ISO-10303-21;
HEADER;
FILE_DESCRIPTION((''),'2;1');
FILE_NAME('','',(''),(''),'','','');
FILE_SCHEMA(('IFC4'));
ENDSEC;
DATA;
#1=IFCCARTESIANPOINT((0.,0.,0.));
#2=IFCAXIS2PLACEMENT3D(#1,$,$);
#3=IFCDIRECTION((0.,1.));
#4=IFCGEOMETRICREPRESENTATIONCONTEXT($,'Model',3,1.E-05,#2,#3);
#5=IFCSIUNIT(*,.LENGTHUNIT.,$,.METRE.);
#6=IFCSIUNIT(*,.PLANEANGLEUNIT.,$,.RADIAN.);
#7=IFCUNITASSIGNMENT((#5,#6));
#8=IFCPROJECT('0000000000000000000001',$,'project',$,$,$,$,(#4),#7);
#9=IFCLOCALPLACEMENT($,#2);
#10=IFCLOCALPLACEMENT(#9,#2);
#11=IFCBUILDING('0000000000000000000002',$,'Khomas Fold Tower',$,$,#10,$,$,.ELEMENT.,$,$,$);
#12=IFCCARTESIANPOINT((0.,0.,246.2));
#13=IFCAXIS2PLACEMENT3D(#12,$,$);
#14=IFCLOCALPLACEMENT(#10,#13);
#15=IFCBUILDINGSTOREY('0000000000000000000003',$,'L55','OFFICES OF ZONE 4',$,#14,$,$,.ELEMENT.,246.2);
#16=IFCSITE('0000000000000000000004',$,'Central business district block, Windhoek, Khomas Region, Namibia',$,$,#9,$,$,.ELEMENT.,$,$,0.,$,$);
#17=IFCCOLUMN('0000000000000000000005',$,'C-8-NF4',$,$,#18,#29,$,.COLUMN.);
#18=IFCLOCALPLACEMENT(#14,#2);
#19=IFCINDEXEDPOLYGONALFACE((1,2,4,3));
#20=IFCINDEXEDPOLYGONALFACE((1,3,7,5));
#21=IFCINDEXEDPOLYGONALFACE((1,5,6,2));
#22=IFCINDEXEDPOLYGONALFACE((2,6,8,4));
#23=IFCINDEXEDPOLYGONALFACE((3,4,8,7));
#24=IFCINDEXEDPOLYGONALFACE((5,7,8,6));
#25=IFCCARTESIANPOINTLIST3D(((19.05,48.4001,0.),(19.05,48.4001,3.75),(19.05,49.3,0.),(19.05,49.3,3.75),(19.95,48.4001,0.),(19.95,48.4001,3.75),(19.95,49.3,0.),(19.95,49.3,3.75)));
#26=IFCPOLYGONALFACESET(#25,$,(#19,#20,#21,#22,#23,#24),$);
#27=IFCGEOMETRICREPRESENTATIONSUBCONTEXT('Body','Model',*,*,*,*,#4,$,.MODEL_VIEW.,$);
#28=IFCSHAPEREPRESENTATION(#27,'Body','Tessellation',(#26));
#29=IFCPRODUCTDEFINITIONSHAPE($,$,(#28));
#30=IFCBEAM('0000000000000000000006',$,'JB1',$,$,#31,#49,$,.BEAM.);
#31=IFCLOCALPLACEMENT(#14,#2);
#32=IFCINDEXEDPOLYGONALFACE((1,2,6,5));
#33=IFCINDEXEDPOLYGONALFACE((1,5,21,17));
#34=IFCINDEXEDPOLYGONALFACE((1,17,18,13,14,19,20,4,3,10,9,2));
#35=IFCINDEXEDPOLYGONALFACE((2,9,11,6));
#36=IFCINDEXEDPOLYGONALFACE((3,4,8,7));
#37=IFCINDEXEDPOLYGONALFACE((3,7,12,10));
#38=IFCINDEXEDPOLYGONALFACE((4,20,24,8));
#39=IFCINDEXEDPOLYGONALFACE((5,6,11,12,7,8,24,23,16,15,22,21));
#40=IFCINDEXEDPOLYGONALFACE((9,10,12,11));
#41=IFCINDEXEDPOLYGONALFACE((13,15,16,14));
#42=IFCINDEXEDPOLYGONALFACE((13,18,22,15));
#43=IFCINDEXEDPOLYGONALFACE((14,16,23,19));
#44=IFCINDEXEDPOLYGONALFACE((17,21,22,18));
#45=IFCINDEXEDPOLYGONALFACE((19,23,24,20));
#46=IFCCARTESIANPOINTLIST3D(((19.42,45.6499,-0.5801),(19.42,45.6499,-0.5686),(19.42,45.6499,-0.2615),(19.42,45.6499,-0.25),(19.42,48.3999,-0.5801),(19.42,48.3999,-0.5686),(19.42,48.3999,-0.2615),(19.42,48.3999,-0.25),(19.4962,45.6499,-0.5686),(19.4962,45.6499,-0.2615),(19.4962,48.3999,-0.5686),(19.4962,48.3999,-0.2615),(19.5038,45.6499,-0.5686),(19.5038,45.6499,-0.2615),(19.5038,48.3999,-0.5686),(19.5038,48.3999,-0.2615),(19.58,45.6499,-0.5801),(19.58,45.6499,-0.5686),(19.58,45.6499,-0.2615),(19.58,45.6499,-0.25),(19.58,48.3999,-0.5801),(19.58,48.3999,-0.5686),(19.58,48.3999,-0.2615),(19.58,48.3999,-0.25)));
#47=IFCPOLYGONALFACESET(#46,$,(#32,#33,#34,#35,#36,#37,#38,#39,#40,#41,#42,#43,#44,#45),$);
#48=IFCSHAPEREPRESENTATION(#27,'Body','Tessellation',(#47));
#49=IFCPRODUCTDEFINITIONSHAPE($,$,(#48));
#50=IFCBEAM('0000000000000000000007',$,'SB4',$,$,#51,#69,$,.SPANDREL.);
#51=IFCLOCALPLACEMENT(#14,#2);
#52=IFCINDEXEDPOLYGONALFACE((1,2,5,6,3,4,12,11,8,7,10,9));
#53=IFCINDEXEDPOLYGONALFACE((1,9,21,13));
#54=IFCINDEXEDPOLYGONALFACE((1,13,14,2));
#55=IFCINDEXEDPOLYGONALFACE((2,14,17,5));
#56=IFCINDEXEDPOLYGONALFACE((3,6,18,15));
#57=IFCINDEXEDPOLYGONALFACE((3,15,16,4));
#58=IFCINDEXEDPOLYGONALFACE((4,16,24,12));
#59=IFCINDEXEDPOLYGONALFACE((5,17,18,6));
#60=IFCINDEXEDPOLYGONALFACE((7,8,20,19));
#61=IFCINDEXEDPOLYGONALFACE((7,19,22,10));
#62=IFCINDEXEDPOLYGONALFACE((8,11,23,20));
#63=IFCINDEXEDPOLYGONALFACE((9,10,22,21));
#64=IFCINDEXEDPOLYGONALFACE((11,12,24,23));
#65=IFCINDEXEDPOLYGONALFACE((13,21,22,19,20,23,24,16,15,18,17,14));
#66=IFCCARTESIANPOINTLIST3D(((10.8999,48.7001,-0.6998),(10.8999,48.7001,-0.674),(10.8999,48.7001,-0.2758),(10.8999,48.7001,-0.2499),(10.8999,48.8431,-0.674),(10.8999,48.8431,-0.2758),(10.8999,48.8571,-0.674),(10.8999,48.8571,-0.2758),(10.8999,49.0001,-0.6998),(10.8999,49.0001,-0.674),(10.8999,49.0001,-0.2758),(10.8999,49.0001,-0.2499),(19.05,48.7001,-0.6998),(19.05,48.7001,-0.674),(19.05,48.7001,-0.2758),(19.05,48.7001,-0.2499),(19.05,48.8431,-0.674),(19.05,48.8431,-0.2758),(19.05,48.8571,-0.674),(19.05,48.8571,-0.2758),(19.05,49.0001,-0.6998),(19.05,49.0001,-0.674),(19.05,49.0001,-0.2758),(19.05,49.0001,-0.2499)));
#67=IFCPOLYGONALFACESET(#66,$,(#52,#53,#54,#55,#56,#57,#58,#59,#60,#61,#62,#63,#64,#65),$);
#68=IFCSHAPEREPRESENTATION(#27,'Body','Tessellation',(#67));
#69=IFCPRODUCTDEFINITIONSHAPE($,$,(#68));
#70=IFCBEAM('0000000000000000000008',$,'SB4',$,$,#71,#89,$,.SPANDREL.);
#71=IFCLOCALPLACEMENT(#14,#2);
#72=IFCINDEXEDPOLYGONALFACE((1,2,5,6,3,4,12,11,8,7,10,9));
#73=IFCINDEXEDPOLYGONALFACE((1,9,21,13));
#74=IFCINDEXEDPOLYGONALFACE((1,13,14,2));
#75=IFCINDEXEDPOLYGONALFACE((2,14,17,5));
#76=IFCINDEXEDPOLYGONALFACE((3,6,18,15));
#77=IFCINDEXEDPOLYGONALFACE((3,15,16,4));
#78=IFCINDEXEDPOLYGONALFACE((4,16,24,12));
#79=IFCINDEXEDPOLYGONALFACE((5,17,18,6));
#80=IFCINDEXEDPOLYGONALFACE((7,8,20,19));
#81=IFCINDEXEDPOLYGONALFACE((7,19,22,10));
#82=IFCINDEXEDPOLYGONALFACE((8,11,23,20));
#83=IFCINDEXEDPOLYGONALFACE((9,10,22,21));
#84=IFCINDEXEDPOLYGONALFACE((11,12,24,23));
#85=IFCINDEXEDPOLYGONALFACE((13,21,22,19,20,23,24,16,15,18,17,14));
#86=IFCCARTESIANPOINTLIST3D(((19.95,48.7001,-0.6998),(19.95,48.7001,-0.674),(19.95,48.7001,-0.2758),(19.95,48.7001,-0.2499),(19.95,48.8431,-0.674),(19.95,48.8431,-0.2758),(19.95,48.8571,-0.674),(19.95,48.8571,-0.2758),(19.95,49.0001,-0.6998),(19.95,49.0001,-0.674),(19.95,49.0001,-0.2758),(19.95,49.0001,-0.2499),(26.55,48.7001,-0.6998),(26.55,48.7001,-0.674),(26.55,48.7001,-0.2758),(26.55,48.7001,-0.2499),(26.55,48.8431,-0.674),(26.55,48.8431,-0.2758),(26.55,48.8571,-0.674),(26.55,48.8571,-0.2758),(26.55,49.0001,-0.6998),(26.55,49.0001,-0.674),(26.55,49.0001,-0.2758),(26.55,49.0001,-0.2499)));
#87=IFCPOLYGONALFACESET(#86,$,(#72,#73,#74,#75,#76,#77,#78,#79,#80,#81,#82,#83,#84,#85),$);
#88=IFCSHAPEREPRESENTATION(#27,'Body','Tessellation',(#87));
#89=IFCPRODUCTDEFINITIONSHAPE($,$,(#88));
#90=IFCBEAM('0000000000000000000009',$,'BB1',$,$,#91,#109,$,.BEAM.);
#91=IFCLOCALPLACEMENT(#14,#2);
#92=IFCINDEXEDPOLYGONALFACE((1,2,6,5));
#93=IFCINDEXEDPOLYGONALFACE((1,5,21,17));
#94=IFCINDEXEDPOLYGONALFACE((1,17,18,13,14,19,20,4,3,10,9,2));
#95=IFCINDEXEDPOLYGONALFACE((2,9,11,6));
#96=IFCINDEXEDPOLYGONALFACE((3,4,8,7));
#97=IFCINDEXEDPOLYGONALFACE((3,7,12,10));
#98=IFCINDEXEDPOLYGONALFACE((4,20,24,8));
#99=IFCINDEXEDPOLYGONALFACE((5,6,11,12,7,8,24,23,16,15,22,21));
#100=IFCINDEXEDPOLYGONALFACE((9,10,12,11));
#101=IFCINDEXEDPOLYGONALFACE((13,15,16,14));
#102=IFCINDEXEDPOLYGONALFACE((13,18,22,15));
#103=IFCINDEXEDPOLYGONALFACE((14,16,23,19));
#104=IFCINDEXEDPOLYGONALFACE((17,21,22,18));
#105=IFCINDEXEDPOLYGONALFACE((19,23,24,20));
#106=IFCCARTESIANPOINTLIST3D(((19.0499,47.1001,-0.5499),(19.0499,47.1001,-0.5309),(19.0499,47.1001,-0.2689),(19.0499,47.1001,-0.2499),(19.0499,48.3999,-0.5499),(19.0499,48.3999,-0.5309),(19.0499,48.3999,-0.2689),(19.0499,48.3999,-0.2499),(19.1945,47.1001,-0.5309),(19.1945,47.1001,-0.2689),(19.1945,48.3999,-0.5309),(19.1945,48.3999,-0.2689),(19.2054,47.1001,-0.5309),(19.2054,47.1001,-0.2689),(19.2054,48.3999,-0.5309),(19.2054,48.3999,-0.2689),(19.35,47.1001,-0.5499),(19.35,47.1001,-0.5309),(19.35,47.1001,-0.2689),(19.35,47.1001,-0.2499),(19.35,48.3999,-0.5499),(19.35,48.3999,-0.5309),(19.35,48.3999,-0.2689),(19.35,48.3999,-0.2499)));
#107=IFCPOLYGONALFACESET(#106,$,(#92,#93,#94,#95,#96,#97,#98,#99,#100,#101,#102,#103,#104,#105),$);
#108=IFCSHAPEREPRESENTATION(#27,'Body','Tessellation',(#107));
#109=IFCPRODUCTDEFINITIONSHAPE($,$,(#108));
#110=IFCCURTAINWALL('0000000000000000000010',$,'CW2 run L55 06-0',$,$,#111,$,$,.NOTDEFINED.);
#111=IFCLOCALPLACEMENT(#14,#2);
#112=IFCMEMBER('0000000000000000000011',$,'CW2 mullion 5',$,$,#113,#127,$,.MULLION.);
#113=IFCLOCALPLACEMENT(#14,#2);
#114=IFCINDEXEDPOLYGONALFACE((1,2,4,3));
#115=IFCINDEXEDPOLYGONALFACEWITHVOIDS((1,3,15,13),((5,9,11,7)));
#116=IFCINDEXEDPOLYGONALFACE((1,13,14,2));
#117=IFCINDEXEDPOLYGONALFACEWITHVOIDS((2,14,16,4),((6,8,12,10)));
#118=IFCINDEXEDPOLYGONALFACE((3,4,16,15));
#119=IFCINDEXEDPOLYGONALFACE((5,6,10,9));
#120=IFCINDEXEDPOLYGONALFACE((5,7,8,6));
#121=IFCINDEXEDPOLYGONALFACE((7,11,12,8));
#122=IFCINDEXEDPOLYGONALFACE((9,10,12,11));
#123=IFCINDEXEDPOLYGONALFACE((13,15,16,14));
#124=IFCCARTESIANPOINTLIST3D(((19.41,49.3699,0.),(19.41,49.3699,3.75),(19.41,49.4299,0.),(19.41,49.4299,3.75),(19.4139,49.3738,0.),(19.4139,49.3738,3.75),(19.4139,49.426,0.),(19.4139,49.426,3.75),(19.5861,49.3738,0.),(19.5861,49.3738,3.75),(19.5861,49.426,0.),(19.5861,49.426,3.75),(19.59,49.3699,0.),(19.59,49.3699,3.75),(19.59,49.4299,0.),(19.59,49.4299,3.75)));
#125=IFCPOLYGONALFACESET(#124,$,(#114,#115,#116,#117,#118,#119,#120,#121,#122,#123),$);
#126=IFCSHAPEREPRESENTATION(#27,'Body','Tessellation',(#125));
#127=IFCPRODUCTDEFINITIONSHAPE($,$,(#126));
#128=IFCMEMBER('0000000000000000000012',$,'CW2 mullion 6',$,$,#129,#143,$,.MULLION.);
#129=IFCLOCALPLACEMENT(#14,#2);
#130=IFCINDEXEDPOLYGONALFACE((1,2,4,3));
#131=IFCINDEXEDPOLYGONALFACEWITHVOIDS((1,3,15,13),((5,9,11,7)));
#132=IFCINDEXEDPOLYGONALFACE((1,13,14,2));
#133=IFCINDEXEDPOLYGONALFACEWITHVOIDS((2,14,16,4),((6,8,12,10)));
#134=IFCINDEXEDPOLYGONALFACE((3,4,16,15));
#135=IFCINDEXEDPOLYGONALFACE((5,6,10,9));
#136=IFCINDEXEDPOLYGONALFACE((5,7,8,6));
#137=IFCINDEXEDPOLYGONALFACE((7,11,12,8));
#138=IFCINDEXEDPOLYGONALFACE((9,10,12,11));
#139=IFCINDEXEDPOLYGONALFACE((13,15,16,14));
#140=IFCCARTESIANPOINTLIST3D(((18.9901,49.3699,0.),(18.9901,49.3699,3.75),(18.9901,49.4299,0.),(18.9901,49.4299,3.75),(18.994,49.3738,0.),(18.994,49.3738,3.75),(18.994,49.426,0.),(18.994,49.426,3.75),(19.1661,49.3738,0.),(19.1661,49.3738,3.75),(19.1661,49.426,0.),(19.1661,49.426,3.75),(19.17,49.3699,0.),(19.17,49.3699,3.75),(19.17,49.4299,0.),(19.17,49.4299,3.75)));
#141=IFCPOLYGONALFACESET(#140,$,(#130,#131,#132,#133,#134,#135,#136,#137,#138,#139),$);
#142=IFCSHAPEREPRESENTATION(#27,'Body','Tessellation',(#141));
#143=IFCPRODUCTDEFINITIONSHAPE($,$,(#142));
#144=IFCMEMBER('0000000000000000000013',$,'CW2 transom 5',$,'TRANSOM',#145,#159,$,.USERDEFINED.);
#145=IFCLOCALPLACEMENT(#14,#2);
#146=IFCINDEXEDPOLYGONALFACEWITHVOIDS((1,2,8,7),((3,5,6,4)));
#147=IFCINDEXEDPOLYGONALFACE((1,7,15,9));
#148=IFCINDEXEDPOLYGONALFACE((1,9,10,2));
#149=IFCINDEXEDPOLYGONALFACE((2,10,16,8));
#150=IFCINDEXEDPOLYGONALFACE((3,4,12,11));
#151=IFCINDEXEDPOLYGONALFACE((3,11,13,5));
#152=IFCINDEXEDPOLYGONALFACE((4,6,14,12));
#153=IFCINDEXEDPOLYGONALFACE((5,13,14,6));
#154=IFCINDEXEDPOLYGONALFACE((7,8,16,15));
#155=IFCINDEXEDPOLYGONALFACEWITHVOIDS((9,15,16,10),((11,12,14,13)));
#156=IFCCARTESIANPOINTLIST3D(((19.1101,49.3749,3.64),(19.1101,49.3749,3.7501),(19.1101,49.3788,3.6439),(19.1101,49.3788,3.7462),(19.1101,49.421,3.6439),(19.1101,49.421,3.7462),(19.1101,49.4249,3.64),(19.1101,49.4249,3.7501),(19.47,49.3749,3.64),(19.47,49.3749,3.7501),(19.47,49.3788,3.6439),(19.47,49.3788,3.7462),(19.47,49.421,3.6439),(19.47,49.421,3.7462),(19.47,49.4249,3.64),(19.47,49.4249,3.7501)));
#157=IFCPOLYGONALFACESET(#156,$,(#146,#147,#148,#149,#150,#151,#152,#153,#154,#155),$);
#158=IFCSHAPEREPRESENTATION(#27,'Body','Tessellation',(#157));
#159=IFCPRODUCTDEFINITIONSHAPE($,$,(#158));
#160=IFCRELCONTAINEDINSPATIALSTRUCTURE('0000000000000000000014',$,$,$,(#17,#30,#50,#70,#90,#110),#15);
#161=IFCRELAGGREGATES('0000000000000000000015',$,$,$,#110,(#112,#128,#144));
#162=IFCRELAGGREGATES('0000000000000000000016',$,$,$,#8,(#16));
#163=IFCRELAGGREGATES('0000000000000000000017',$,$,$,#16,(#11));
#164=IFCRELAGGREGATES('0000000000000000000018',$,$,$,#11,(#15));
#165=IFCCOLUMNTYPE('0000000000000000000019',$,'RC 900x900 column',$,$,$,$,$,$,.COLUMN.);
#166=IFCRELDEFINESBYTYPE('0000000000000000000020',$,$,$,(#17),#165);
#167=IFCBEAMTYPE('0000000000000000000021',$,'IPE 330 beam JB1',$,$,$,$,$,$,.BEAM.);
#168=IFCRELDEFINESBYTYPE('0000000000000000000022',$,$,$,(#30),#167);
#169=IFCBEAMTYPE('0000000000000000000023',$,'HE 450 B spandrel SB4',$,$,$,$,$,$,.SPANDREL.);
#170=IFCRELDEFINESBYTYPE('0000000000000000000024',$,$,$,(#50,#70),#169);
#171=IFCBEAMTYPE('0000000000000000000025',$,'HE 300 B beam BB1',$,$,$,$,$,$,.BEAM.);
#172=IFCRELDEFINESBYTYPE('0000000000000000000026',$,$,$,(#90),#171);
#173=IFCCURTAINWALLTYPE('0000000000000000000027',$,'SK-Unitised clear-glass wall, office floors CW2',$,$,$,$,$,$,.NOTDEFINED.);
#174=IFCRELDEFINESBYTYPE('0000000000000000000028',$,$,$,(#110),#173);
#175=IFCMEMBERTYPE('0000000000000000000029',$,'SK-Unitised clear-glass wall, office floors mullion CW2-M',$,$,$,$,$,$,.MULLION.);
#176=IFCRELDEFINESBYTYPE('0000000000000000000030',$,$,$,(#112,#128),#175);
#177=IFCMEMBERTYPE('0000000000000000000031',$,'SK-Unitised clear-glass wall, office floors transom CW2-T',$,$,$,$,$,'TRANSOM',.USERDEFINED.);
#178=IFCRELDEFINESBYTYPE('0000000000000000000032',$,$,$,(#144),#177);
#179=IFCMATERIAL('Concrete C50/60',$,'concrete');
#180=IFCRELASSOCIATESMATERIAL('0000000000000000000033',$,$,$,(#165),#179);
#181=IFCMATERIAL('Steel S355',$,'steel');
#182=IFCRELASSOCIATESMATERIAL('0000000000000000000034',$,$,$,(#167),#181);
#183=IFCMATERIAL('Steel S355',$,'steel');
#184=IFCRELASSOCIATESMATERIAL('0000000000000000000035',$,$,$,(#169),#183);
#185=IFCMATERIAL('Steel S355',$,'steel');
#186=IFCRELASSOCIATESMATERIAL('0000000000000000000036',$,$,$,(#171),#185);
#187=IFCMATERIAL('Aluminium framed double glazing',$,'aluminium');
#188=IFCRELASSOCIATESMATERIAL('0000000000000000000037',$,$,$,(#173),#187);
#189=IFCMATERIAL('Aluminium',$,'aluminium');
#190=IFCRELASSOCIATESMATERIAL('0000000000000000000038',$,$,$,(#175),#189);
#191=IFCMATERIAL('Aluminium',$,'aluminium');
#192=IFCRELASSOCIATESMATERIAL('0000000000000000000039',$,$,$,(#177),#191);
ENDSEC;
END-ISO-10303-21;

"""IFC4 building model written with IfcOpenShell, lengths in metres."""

from ifc_helpers import new_model, si_unit, direction, frame, origin, origin_2d, place, context, subcontext, project, spatial, rectangle, hollow_rectangle, i_section, extrude, source, transform, mapped, material, material_profile, profile_set, type_object, element, aggregate, save


model = new_model("IFC4")

# Units and contexts
model_context = context("Model", 3, precision=1e-05, world=origin(), true_north=direction((0.0, 1.0)))
body_context = subcontext(model_context, "Body", "Model", "MODEL_VIEW")
ifc_project = project(units=[si_unit("LENGTHUNIT", "METRE"), si_unit("PLANEANGLEUNIT", "RADIAN")], contexts=[model_context])

# Site, building, storey
site_placement = place(None, origin())
site = spatial("IfcSite", under=ifc_project, at=site_placement, Name="Central business district block, Windhoek, Khomas Region, Namibia", CompositionType="ELEMENT", RefElevation=0.0)
building_placement = place(site_placement, origin())
building = spatial("IfcBuilding", under=site, at=building_placement, Name="Khomas Fold Tower", CompositionType="ELEMENT")
storey_placement = place(building_placement, frame((0.0, 0.0, 246.2)))
storey = spatial("IfcBuildingStorey", under=building, at=storey_placement, Name="L55", Description="OFFICES OF ZONE 4", CompositionType="ELEMENT", Elevation=246.2)

# Column
ifc_material_1 = material(Name="Concrete C50/60", Category="concrete")
ifc_material_profile_1 = material_profile(ifc_material_1, rectangle(XDim=0.8999, YDim=0.8999, at=origin_2d()), Name="RC 900x900")
ifc_profile_set_1 = profile_set([ifc_material_profile_1], Name="Concrete C50/60")
column_type = type_object("IfcColumnType", Name="RC 900x900 column", PredefinedType="COLUMN", material=ifc_profile_set_1)
shared_shape_1 = source(origin(), body_context, "Body", "SweptSolid", [
    extrude(rectangle(XDim=0.8999, YDim=0.8999, at=origin_2d()), origin(), (0.0, 0.0, 1.0), 3.75),
])
column_placement = place(storey_placement, frame((19.5, 48.8501, 0.0), z_axis=(0.0, 0.0, 1.0), x_axis=(1.0, 0.0, 0.0)))
element("IfcColumn", 1, at=column_placement, inside=storey, type_object=column_type, Name="C-8-NF4", PredefinedType="COLUMN", context=body_context, shape_type="MappedRepresentation", body=[
    mapped(shared_shape_1, transform((0.0, 0.0, 0.0))),
])

# Beams
ifc_material_2 = material(Name="Steel S355", Category="steel")
ifc_material_profile_2 = material_profile(ifc_material_2, i_section(OverallWidth=0.1599, OverallDepth=0.3301, WebThickness=0.0076, FlangeThickness=0.0115, at=origin_2d()), Name="IPE 330")
ifc_profile_set_2 = profile_set([ifc_material_profile_2], Name="Steel S355")
beam_type_1 = type_object("IfcBeamType", Name="IPE 330 beam JB1", PredefinedType="BEAM", material=ifc_profile_set_2)
shared_shape_2 = source(origin(), body_context, "Body", "SweptSolid", [
    extrude(i_section(OverallWidth=0.1599, OverallDepth=0.3301, WebThickness=0.0076, FlangeThickness=0.0115, at=origin_2d()), origin(), (0.0, 0.0, 1.0), 2.75),
])
beam_1_placement = place(storey_placement, frame((19.5, 45.6499, -0.415), z_axis=(0.0, 1.0, 0.0), x_axis=(-1.0, 0.0, 0.0)))
element("IfcBeam", 2, at=beam_1_placement, inside=storey, type_object=beam_type_1, Name="JB1", PredefinedType="BEAM", context=body_context, shape_type="MappedRepresentation", body=[
    mapped(shared_shape_2, transform((0.0, 0.0, 0.0))),
])
ifc_material_3 = material(Name="Steel S355", Category="steel")
ifc_material_profile_3 = material_profile(ifc_material_3, i_section(OverallWidth=0.3, OverallDepth=0.45, WebThickness=0.0139, FlangeThickness=0.0259, at=origin_2d()), Name="HE 450 B")
ifc_profile_set_3 = profile_set([ifc_material_profile_3], Name="Steel S355")
beam_type_2 = type_object("IfcBeamType", Name="HE 450 B spandrel SB4", PredefinedType="SPANDREL", material=ifc_profile_set_3)
shared_shape_3 = source(origin(), body_context, "Body", "SweptSolid", [
    extrude(i_section(OverallWidth=0.3, OverallDepth=0.45, WebThickness=0.0139, FlangeThickness=0.0259, at=origin_2d()), origin(), (0.0, 0.0, 1.0), 8.1501),
])
beam_2_placement = place(storey_placement, frame((10.8999, 48.8501, -0.4749), z_axis=(1.0, 0.0, 0.0), x_axis=(0.0, 1.0, 0.0)))
element("IfcBeam", 3, at=beam_2_placement, inside=storey, type_object=beam_type_2, Name="SB4", PredefinedType="SPANDREL", context=body_context, shape_type="MappedRepresentation", body=[
    mapped(shared_shape_3, transform((0.0, 0.0, 0.0))),
])
shared_shape_4 = source(origin(), body_context, "Body", "SweptSolid", [
    extrude(i_section(OverallWidth=0.3, OverallDepth=0.45, WebThickness=0.0139, FlangeThickness=0.0259, at=origin_2d()), origin(), (0.0, 0.0, 1.0), 6.6001),
])
beam_3_placement = place(storey_placement, frame((19.95, 48.8501, -0.4749), z_axis=(1.0, 0.0, 0.0), x_axis=(0.0, 1.0, 0.0)))
element("IfcBeam", 4, at=beam_3_placement, inside=storey, type_object=beam_type_2, Name="SB4", PredefinedType="SPANDREL", context=body_context, shape_type="MappedRepresentation", body=[
    mapped(shared_shape_4, transform((0.0, 0.0, 0.0))),
])
ifc_material_4 = material(Name="Steel S355", Category="steel")
ifc_material_profile_4 = material_profile(ifc_material_4, i_section(OverallWidth=0.3, OverallDepth=0.3, WebThickness=0.011, FlangeThickness=0.019, at=origin_2d()), Name="HE 300 B")
ifc_profile_set_4 = profile_set([ifc_material_profile_4], Name="Steel S355")
beam_type_3 = type_object("IfcBeamType", Name="HE 300 B beam BB1", PredefinedType="BEAM", material=ifc_profile_set_4)
shared_shape_5 = source(origin(), body_context, "Body", "SweptSolid", [
    extrude(i_section(OverallWidth=0.3, OverallDepth=0.3, WebThickness=0.011, FlangeThickness=0.019, at=origin_2d()), origin(), (0.0, 0.0, 1.0), 1.2998),
])
beam_4_placement = place(storey_placement, frame((19.2, 47.1001, -0.3999), z_axis=(0.0, 1.0, 0.0), x_axis=(-1.0, 0.0, 0.0)))
element("IfcBeam", 5, at=beam_4_placement, inside=storey, type_object=beam_type_3, Name="BB1", PredefinedType="BEAM", context=body_context, shape_type="MappedRepresentation", body=[
    mapped(shared_shape_5, transform((0.0, 0.0, 0.0))),
])

# Curtain wall, members
ifc_material_5 = material(Name="Aluminium framed double glazing", Category="aluminium")
curtain_wall_type = type_object("IfcCurtainWallType", Name="SK-Unitised clear-glass wall, office floors CW2", PredefinedType="NOTDEFINED", material=ifc_material_5)
curtain_wall_placement = place(storey_placement, origin())
curtain_wall = element("IfcCurtainWall", 6, at=curtain_wall_placement, inside=storey, type_object=curtain_wall_type, Name="CW2 run L55 06-0", PredefinedType="NOTDEFINED")
ifc_material_6 = material(Name="Aluminium", Category="aluminium")
ifc_material_profile_5 = material_profile(ifc_material_6, hollow_rectangle(XDim=0.0601, YDim=0.1799, WallThickness=0.0039, at=origin_2d()), Name="SK-Unitised clear-glass wall, office floors mullion CW2-M")
ifc_profile_set_5 = profile_set([ifc_material_profile_5], Name="Aluminium")
member_type_1 = type_object("IfcMemberType", Name="SK-Unitised clear-glass wall, office floors mullion CW2-M", PredefinedType="MULLION", material=ifc_profile_set_5)
shared_shape_6 = source(origin(), body_context, "Body", "SweptSolid", [
    extrude(hollow_rectangle(XDim=0.0601, YDim=0.1799, WallThickness=0.0039, at=origin_2d()), origin(), (0.0, 0.0, 1.0), 3.75),
])
member_1_placement = place(storey_placement, frame((19.5, 49.3999, 0.0), z_axis=(0.0, 0.0, 1.0), x_axis=(0.0, -1.0, 0.0)))
member_1 = element("IfcMember", 7, at=member_1_placement, type_object=member_type_1, Name="CW2 mullion 5", PredefinedType="MULLION", context=body_context, shape_type="MappedRepresentation", body=[
    mapped(shared_shape_6, transform((0.0, 0.0, 0.0))),
])
member_2_placement = place(storey_placement, frame((19.0801, 49.3999, 0.0), z_axis=(0.0, 0.0, 1.0), x_axis=(0.0, -1.0, 0.0)))
member_2 = element("IfcMember", 8, at=member_2_placement, type_object=member_type_1, Name="CW2 mullion 6", PredefinedType="MULLION", context=body_context, shape_type="MappedRepresentation", body=[
    mapped(shared_shape_6, transform((0.0, 0.0, 0.0))),
])
ifc_material_7 = material(Name="Aluminium", Category="aluminium")
ifc_material_profile_6 = material_profile(ifc_material_7, hollow_rectangle(XDim=0.05, YDim=0.1101, WallThickness=0.0039, at=origin_2d()), Name="SK-Unitised clear-glass wall, office floors transom CW2-T")
ifc_profile_set_6 = profile_set([ifc_material_profile_6], Name="Aluminium")
member_type_2 = type_object("IfcMemberType", Name="SK-Unitised clear-glass wall, office floors transom CW2-T", ElementType="TRANSOM", PredefinedType="USERDEFINED", material=ifc_profile_set_6)
shared_shape_7 = source(origin(), body_context, "Body", "SweptSolid", [
    extrude(hollow_rectangle(XDim=0.05, YDim=0.1101, WallThickness=0.0039, at=origin_2d()), origin(), (0.0, 0.0, 1.0), 0.3599),
])
member_3_placement = place(storey_placement, frame((19.47, 49.3999, 3.6951), z_axis=(-1.0, 0.0, 0.0), x_axis=(0.0, -1.0, 0.0)))
member_3 = element("IfcMember", 9, at=member_3_placement, type_object=member_type_2, Name="CW2 transom 5", ObjectType="TRANSOM", PredefinedType="USERDEFINED", context=body_context, shape_type="MappedRepresentation", body=[
    mapped(shared_shape_7, transform((0.0, 0.0, 0.0))),
])

aggregate(curtain_wall, [member_1, member_2, member_3])

save(model, "model.ifc")
